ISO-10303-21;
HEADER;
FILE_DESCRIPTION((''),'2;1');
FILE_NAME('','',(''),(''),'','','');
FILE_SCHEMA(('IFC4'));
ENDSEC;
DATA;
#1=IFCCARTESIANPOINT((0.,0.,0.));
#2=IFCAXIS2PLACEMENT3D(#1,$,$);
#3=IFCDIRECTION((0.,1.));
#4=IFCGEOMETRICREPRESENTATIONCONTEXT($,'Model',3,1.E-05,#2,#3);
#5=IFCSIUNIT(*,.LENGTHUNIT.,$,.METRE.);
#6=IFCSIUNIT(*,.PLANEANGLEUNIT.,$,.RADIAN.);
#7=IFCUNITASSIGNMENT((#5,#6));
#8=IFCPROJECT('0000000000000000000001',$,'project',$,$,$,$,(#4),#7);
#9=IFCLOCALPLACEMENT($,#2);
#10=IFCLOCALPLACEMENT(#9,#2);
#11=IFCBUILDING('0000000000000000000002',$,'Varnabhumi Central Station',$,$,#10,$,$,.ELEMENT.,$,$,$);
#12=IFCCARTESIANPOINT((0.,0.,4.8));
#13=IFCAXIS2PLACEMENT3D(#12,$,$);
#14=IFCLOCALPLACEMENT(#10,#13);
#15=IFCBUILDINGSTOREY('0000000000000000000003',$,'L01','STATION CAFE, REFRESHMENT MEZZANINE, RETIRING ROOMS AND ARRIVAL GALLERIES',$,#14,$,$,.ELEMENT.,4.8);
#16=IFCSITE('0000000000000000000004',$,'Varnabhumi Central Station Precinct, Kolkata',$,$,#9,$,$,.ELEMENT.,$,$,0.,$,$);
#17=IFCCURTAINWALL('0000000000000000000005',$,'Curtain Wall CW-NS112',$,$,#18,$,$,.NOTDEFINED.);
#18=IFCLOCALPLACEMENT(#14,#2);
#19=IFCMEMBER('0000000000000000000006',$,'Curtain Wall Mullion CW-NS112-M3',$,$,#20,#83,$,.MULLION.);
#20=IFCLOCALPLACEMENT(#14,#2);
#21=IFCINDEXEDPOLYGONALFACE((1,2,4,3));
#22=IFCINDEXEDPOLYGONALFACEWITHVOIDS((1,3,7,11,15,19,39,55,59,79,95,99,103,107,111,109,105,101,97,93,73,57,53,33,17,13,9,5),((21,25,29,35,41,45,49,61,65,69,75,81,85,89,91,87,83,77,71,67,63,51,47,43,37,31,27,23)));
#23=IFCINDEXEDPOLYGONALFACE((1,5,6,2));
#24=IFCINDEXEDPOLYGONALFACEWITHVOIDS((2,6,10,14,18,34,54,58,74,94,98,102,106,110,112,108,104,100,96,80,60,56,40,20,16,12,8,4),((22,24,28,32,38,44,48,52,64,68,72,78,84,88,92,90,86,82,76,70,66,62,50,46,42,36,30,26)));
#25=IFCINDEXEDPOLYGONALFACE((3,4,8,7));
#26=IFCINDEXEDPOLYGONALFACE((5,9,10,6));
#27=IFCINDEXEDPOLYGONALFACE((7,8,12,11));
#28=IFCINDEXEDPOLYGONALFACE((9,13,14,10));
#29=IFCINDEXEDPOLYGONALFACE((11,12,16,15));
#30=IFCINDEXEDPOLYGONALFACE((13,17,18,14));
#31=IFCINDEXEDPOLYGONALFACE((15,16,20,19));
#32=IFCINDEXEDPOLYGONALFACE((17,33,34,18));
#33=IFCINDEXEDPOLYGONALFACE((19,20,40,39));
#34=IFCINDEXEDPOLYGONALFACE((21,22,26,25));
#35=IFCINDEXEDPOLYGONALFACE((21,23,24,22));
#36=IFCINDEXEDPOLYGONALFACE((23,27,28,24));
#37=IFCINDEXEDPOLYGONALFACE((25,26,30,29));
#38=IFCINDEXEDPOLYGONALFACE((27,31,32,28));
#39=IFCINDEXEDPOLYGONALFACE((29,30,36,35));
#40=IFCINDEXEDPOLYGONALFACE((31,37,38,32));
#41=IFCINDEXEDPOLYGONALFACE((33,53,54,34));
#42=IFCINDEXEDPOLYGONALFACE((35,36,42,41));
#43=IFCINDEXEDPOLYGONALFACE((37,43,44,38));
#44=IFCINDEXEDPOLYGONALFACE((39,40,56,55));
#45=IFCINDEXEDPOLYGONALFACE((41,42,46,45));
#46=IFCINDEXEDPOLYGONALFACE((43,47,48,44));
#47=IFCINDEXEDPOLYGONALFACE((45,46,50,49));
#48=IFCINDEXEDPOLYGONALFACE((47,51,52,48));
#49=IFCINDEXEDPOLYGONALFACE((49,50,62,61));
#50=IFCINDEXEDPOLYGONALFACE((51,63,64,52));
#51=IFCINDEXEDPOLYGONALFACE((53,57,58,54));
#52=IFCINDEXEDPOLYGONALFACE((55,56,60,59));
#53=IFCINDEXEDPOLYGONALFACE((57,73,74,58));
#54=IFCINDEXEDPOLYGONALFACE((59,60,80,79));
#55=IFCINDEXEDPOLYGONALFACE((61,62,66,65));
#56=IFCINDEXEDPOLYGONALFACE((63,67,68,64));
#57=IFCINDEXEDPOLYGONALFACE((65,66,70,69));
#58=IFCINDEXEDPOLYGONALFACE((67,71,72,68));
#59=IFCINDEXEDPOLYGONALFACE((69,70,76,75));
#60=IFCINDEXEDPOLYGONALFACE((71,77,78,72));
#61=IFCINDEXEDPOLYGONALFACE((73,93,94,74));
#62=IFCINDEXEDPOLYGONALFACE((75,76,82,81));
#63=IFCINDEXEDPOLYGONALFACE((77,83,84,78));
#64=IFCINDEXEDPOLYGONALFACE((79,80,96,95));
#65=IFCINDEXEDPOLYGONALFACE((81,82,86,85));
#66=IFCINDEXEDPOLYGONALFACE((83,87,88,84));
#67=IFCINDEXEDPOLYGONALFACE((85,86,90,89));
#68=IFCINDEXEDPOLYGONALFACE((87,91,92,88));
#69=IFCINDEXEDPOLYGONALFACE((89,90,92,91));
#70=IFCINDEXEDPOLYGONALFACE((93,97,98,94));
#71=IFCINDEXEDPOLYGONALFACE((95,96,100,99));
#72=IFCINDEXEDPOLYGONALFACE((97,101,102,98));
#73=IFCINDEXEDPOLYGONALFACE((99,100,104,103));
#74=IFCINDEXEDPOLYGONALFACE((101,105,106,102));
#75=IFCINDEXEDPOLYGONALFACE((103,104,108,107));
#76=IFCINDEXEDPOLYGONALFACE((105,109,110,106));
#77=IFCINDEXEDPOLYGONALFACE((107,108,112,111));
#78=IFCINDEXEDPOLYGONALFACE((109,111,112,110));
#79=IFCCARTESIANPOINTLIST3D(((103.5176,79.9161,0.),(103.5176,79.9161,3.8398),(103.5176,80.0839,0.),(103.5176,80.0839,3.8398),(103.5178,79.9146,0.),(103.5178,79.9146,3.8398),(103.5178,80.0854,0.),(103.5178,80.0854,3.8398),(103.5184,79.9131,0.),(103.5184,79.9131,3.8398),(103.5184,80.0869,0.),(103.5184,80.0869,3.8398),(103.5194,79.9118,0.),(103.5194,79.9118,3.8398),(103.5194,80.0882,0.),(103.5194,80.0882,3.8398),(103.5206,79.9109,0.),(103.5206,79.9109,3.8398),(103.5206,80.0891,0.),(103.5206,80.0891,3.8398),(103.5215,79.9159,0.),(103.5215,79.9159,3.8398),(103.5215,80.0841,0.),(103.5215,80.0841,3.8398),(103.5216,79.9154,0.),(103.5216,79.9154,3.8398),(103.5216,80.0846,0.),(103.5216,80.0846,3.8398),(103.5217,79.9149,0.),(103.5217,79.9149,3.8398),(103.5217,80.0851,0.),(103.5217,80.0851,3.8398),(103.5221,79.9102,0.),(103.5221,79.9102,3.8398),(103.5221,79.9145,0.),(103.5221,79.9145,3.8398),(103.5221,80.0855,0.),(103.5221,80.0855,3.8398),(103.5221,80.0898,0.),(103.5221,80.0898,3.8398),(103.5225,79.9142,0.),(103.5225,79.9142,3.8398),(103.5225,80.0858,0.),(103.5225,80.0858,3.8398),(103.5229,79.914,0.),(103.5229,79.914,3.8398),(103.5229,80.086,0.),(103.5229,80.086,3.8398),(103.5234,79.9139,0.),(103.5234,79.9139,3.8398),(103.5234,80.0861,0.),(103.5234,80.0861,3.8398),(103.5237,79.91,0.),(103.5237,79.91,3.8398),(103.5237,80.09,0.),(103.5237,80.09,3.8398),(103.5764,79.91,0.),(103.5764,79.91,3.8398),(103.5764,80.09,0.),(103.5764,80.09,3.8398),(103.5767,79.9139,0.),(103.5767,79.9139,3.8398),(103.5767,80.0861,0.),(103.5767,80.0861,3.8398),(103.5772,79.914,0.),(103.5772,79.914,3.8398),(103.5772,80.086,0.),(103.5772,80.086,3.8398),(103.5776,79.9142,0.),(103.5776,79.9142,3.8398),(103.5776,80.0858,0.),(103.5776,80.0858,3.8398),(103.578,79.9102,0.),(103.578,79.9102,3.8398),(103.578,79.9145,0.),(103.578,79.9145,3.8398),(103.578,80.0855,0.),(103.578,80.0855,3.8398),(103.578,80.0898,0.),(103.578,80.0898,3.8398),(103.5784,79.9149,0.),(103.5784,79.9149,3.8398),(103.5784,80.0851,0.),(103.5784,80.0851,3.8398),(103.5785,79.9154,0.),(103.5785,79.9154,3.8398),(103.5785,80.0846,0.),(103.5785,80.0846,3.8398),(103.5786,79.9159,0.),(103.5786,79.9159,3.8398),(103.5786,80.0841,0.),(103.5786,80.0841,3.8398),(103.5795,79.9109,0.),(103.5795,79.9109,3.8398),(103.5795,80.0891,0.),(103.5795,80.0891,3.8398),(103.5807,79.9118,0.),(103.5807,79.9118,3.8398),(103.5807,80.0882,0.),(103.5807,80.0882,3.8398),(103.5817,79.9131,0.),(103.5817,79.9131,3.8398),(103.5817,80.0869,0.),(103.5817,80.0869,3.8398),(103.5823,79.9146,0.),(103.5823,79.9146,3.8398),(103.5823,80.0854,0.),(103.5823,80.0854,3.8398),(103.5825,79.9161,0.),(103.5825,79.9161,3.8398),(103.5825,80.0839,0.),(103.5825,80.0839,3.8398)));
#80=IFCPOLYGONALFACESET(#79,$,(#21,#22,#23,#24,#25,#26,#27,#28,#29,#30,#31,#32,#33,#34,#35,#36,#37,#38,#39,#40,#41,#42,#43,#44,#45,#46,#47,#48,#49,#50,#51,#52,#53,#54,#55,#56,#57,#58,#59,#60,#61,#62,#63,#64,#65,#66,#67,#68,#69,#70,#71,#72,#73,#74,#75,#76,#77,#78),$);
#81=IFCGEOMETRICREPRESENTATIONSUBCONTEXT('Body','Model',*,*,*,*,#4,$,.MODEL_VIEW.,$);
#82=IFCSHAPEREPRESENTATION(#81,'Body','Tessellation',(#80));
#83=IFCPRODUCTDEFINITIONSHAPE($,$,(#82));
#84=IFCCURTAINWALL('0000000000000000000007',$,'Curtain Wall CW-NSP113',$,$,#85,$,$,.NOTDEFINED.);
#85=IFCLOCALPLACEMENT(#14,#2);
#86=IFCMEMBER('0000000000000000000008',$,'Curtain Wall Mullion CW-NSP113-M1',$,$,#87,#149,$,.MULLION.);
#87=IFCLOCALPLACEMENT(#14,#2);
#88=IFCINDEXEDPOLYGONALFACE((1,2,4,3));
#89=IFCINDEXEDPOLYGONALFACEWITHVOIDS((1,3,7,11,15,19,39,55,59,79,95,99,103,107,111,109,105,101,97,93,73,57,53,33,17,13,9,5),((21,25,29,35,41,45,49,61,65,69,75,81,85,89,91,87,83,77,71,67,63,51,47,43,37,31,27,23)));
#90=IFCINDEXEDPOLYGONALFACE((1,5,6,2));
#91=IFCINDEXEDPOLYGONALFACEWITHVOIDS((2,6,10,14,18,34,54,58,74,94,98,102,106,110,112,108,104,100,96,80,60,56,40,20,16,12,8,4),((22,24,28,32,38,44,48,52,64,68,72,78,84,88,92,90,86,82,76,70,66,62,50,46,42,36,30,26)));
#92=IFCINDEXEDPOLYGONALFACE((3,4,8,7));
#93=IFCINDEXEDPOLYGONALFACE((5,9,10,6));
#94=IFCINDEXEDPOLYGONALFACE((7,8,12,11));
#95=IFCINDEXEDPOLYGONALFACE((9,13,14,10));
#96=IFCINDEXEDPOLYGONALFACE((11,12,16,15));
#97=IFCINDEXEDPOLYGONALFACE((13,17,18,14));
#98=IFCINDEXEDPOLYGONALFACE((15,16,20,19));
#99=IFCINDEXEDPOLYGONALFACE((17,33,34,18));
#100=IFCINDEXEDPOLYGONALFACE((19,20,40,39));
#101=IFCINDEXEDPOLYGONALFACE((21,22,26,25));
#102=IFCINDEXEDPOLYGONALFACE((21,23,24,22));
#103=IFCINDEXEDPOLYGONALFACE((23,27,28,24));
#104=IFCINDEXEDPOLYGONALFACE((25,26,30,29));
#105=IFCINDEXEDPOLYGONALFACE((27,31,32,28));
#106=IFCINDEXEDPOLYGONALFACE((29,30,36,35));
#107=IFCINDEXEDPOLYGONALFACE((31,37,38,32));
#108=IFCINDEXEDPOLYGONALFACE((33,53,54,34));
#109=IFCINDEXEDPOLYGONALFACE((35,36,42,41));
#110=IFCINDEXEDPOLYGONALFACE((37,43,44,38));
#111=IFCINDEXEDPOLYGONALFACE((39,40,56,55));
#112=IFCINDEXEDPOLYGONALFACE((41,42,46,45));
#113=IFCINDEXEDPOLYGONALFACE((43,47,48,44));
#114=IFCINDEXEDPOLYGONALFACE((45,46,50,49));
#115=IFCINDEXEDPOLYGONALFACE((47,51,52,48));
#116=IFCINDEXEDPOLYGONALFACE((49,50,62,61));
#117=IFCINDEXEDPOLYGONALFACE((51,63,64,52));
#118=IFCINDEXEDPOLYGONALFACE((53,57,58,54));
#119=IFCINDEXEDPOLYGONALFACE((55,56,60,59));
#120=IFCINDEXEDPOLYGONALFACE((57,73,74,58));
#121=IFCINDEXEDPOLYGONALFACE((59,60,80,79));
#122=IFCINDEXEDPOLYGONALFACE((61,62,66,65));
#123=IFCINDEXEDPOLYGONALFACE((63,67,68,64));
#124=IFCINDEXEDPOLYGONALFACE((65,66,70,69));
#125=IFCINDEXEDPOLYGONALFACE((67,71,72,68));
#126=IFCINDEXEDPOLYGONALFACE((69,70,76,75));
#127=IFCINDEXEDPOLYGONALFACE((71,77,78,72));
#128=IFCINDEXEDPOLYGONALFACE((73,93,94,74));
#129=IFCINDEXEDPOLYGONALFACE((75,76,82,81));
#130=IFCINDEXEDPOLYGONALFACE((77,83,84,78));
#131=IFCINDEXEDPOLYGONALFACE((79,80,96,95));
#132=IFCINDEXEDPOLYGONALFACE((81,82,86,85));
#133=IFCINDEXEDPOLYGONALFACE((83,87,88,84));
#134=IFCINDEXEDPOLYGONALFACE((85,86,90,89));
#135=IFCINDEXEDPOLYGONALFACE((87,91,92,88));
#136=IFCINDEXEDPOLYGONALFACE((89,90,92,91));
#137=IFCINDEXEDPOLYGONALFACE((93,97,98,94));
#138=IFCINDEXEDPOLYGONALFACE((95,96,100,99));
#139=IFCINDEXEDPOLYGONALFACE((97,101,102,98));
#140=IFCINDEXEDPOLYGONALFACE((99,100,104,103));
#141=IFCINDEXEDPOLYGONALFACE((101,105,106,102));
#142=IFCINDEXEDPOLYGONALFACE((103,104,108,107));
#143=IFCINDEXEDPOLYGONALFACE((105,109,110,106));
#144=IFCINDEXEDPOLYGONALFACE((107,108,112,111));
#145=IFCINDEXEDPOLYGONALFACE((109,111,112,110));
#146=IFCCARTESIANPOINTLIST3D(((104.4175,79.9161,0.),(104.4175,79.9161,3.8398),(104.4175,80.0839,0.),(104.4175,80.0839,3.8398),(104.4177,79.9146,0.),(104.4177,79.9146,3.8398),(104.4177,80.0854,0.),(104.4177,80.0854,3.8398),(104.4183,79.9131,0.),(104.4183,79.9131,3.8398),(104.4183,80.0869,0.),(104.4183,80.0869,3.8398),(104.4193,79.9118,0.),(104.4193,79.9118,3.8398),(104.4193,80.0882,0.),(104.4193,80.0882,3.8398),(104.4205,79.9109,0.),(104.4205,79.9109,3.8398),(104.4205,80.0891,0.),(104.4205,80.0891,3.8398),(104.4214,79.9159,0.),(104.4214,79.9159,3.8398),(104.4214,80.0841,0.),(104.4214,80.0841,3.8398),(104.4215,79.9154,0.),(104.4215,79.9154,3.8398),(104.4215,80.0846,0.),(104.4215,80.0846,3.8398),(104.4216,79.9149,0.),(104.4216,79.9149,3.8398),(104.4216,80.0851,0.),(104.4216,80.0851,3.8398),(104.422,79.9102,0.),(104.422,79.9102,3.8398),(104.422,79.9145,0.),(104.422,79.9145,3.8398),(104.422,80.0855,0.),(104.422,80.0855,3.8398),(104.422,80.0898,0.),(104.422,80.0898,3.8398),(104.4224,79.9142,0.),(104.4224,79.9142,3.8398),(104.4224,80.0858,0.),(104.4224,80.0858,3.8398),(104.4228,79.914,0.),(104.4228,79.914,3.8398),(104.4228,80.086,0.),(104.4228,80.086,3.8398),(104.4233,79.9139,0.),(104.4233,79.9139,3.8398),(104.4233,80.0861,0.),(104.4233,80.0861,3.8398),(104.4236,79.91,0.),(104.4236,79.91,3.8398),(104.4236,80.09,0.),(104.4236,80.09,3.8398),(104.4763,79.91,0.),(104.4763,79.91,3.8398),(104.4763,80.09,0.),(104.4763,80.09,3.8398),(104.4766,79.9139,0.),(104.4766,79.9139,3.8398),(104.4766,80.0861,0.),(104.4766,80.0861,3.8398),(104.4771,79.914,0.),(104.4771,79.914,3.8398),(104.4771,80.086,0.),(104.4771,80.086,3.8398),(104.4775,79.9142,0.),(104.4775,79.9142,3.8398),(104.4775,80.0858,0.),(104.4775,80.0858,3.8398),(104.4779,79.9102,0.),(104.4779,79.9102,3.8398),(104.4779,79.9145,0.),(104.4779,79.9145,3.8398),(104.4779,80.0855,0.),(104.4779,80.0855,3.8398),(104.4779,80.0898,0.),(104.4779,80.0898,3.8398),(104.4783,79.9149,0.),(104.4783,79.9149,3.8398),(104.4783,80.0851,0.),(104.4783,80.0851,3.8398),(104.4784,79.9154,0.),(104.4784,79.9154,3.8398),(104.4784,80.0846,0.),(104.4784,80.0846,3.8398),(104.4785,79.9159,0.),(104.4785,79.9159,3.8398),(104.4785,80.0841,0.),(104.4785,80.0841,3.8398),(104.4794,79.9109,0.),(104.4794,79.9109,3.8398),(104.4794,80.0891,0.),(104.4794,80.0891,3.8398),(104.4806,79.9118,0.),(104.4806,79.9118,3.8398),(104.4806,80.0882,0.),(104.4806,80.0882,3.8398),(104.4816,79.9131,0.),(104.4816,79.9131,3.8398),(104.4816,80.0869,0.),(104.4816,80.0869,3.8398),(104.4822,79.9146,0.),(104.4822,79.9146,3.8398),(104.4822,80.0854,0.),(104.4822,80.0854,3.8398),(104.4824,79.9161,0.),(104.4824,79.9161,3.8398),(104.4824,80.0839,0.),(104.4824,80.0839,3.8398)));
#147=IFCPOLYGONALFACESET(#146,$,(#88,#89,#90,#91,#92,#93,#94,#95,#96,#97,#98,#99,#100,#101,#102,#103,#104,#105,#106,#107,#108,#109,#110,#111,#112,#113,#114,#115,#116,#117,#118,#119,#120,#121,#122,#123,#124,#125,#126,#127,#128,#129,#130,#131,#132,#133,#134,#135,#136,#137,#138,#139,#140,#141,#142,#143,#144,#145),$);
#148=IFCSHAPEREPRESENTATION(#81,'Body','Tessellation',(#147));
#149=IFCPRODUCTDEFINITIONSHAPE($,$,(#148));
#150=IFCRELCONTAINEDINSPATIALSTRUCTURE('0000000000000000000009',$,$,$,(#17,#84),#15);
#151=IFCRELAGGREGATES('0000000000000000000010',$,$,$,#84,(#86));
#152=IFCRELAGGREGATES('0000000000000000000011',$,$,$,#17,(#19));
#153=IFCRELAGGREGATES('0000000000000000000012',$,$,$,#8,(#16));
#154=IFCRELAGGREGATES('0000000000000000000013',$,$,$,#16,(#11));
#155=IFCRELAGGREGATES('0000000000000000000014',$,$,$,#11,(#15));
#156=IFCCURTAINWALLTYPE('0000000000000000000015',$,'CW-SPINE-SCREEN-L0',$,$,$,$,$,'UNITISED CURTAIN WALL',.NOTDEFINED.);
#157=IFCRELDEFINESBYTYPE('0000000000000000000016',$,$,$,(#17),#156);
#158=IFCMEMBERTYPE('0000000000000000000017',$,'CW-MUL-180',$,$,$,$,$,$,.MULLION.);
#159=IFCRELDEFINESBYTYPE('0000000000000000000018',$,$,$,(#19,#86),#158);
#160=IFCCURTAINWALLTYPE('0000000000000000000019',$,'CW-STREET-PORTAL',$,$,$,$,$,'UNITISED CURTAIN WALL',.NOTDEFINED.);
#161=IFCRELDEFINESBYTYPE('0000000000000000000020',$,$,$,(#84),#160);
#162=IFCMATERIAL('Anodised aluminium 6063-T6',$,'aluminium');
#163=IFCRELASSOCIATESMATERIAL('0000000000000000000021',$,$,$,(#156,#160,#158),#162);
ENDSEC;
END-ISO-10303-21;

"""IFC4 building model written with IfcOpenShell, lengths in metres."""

from ifc_helpers import new_model, si_unit, direction, frame, origin, origin_2d, place, context, subcontext, project, spatial, hollow_rectangle, extrude, material, material_profile, profile_set, type_object, element, aggregate, save


model = new_model("IFC4")

# Units and contexts
model_context = context("Model", 3, precision=1e-05, world=origin(), true_north=direction((0.0, 1.0)))
body_context = subcontext(model_context, "Body", "Model", "MODEL_VIEW")
ifc_project = project(units=[si_unit("LENGTHUNIT", "METRE"), si_unit("PLANEANGLEUNIT", "RADIAN")], contexts=[model_context])

# Site, building, storey
site_placement = place(None, origin())
site = spatial("IfcSite", under=ifc_project, at=site_placement, Name="Varnabhumi Central Station Precinct, Kolkata", CompositionType="ELEMENT", RefElevation=0.0)
building_placement = place(site_placement, origin())
building = spatial("IfcBuilding", under=site, at=building_placement, Name="Varnabhumi Central Station", CompositionType="ELEMENT")
storey_placement = place(building_placement, frame((0.0, 0.0, 4.8)))
storey = spatial("IfcBuildingStorey", under=building, at=storey_placement, Name="L01", Description="STATION CAFE, REFRESHMENT MEZZANINE, RETIRING ROOMS AND ARRIVAL GALLERIES", CompositionType="ELEMENT", Elevation=4.8)

# Curtain walls, members
ifc_material_1 = material(Name="Anodised aluminium 6063-T6", Category="aluminium")
curtain_wall_type_1 = type_object("IfcCurtainWallType", Name="CW-SPINE-SCREEN-L0", ElementType="UNITISED CURTAIN WALL", PredefinedType="NOTDEFINED", material=ifc_material_1)
curtain_wall_1_placement = place(storey_placement, origin())
curtain_wall_1 = element("IfcCurtainWall", 1, at=curtain_wall_1_placement, inside=storey, type_object=curtain_wall_type_1, Name="Curtain Wall CW-NS112", PredefinedType="NOTDEFINED")
ifc_material_profile_1 = material_profile(ifc_material_1, hollow_rectangle(XDim=0.0649, YDim=0.1799, WallThickness=0.0039, InnerFilletRadius=0.002, OuterFilletRadius=0.0061, at=origin_2d()), Name="Anodised aluminium 6063-T6", Category="aluminium")
ifc_profile_set_1 = profile_set([ifc_material_profile_1], Name="Anodised aluminium 6063-T6")
member_type_1 = type_object("IfcMemberType", Name="CW-MUL-180", PredefinedType="MULLION", material=ifc_profile_set_1)
member_1_placement = place(storey_placement, frame((103.55, 80.0, 0.0), z_axis=(0.0, 0.0, 1.0), x_axis=(1.0, 0.0, 0.0)))
member_1 = element("IfcMember", 2, at=member_1_placement, type_object=member_type_1, Name="Curtain Wall Mullion CW-NS112-M3", PredefinedType="MULLION", context=body_context, shape_type="SweptSolid", body=[
    extrude(hollow_rectangle(XDim=0.0649, YDim=0.1799, WallThickness=0.0039, InnerFilletRadius=0.002, OuterFilletRadius=0.0061, at=origin_2d()), origin(), (0.0, 0.0, 1.0), 3.8398),
])
curtain_wall_type_2 = type_object("IfcCurtainWallType", Name="CW-STREET-PORTAL", ElementType="UNITISED CURTAIN WALL", PredefinedType="NOTDEFINED", material=ifc_material_1)
curtain_wall_2_placement = place(storey_placement, origin())
curtain_wall_2 = element("IfcCurtainWall", 3, at=curtain_wall_2_placement, inside=storey, type_object=curtain_wall_type_2, Name="Curtain Wall CW-NSP113", PredefinedType="NOTDEFINED")
member_2_placement = place(storey_placement, frame((104.45, 80.0, 0.0), z_axis=(0.0, 0.0, 1.0), x_axis=(1.0, 0.0, 0.0)))
member_2 = element("IfcMember", 4, at=member_2_placement, type_object=member_type_1, Name="Curtain Wall Mullion CW-NSP113-M1", PredefinedType="MULLION", context=body_context, shape_type="SweptSolid", body=[
    extrude(hollow_rectangle(XDim=0.0649, YDim=0.1799, WallThickness=0.0039, InnerFilletRadius=0.002, OuterFilletRadius=0.0061, at=origin_2d()), origin(), (0.0, 0.0, 1.0), 3.8398),
])

aggregate(curtain_wall_2, [member_2])
aggregate(curtain_wall_1, [member_1])

save(model, "model.ifc")
